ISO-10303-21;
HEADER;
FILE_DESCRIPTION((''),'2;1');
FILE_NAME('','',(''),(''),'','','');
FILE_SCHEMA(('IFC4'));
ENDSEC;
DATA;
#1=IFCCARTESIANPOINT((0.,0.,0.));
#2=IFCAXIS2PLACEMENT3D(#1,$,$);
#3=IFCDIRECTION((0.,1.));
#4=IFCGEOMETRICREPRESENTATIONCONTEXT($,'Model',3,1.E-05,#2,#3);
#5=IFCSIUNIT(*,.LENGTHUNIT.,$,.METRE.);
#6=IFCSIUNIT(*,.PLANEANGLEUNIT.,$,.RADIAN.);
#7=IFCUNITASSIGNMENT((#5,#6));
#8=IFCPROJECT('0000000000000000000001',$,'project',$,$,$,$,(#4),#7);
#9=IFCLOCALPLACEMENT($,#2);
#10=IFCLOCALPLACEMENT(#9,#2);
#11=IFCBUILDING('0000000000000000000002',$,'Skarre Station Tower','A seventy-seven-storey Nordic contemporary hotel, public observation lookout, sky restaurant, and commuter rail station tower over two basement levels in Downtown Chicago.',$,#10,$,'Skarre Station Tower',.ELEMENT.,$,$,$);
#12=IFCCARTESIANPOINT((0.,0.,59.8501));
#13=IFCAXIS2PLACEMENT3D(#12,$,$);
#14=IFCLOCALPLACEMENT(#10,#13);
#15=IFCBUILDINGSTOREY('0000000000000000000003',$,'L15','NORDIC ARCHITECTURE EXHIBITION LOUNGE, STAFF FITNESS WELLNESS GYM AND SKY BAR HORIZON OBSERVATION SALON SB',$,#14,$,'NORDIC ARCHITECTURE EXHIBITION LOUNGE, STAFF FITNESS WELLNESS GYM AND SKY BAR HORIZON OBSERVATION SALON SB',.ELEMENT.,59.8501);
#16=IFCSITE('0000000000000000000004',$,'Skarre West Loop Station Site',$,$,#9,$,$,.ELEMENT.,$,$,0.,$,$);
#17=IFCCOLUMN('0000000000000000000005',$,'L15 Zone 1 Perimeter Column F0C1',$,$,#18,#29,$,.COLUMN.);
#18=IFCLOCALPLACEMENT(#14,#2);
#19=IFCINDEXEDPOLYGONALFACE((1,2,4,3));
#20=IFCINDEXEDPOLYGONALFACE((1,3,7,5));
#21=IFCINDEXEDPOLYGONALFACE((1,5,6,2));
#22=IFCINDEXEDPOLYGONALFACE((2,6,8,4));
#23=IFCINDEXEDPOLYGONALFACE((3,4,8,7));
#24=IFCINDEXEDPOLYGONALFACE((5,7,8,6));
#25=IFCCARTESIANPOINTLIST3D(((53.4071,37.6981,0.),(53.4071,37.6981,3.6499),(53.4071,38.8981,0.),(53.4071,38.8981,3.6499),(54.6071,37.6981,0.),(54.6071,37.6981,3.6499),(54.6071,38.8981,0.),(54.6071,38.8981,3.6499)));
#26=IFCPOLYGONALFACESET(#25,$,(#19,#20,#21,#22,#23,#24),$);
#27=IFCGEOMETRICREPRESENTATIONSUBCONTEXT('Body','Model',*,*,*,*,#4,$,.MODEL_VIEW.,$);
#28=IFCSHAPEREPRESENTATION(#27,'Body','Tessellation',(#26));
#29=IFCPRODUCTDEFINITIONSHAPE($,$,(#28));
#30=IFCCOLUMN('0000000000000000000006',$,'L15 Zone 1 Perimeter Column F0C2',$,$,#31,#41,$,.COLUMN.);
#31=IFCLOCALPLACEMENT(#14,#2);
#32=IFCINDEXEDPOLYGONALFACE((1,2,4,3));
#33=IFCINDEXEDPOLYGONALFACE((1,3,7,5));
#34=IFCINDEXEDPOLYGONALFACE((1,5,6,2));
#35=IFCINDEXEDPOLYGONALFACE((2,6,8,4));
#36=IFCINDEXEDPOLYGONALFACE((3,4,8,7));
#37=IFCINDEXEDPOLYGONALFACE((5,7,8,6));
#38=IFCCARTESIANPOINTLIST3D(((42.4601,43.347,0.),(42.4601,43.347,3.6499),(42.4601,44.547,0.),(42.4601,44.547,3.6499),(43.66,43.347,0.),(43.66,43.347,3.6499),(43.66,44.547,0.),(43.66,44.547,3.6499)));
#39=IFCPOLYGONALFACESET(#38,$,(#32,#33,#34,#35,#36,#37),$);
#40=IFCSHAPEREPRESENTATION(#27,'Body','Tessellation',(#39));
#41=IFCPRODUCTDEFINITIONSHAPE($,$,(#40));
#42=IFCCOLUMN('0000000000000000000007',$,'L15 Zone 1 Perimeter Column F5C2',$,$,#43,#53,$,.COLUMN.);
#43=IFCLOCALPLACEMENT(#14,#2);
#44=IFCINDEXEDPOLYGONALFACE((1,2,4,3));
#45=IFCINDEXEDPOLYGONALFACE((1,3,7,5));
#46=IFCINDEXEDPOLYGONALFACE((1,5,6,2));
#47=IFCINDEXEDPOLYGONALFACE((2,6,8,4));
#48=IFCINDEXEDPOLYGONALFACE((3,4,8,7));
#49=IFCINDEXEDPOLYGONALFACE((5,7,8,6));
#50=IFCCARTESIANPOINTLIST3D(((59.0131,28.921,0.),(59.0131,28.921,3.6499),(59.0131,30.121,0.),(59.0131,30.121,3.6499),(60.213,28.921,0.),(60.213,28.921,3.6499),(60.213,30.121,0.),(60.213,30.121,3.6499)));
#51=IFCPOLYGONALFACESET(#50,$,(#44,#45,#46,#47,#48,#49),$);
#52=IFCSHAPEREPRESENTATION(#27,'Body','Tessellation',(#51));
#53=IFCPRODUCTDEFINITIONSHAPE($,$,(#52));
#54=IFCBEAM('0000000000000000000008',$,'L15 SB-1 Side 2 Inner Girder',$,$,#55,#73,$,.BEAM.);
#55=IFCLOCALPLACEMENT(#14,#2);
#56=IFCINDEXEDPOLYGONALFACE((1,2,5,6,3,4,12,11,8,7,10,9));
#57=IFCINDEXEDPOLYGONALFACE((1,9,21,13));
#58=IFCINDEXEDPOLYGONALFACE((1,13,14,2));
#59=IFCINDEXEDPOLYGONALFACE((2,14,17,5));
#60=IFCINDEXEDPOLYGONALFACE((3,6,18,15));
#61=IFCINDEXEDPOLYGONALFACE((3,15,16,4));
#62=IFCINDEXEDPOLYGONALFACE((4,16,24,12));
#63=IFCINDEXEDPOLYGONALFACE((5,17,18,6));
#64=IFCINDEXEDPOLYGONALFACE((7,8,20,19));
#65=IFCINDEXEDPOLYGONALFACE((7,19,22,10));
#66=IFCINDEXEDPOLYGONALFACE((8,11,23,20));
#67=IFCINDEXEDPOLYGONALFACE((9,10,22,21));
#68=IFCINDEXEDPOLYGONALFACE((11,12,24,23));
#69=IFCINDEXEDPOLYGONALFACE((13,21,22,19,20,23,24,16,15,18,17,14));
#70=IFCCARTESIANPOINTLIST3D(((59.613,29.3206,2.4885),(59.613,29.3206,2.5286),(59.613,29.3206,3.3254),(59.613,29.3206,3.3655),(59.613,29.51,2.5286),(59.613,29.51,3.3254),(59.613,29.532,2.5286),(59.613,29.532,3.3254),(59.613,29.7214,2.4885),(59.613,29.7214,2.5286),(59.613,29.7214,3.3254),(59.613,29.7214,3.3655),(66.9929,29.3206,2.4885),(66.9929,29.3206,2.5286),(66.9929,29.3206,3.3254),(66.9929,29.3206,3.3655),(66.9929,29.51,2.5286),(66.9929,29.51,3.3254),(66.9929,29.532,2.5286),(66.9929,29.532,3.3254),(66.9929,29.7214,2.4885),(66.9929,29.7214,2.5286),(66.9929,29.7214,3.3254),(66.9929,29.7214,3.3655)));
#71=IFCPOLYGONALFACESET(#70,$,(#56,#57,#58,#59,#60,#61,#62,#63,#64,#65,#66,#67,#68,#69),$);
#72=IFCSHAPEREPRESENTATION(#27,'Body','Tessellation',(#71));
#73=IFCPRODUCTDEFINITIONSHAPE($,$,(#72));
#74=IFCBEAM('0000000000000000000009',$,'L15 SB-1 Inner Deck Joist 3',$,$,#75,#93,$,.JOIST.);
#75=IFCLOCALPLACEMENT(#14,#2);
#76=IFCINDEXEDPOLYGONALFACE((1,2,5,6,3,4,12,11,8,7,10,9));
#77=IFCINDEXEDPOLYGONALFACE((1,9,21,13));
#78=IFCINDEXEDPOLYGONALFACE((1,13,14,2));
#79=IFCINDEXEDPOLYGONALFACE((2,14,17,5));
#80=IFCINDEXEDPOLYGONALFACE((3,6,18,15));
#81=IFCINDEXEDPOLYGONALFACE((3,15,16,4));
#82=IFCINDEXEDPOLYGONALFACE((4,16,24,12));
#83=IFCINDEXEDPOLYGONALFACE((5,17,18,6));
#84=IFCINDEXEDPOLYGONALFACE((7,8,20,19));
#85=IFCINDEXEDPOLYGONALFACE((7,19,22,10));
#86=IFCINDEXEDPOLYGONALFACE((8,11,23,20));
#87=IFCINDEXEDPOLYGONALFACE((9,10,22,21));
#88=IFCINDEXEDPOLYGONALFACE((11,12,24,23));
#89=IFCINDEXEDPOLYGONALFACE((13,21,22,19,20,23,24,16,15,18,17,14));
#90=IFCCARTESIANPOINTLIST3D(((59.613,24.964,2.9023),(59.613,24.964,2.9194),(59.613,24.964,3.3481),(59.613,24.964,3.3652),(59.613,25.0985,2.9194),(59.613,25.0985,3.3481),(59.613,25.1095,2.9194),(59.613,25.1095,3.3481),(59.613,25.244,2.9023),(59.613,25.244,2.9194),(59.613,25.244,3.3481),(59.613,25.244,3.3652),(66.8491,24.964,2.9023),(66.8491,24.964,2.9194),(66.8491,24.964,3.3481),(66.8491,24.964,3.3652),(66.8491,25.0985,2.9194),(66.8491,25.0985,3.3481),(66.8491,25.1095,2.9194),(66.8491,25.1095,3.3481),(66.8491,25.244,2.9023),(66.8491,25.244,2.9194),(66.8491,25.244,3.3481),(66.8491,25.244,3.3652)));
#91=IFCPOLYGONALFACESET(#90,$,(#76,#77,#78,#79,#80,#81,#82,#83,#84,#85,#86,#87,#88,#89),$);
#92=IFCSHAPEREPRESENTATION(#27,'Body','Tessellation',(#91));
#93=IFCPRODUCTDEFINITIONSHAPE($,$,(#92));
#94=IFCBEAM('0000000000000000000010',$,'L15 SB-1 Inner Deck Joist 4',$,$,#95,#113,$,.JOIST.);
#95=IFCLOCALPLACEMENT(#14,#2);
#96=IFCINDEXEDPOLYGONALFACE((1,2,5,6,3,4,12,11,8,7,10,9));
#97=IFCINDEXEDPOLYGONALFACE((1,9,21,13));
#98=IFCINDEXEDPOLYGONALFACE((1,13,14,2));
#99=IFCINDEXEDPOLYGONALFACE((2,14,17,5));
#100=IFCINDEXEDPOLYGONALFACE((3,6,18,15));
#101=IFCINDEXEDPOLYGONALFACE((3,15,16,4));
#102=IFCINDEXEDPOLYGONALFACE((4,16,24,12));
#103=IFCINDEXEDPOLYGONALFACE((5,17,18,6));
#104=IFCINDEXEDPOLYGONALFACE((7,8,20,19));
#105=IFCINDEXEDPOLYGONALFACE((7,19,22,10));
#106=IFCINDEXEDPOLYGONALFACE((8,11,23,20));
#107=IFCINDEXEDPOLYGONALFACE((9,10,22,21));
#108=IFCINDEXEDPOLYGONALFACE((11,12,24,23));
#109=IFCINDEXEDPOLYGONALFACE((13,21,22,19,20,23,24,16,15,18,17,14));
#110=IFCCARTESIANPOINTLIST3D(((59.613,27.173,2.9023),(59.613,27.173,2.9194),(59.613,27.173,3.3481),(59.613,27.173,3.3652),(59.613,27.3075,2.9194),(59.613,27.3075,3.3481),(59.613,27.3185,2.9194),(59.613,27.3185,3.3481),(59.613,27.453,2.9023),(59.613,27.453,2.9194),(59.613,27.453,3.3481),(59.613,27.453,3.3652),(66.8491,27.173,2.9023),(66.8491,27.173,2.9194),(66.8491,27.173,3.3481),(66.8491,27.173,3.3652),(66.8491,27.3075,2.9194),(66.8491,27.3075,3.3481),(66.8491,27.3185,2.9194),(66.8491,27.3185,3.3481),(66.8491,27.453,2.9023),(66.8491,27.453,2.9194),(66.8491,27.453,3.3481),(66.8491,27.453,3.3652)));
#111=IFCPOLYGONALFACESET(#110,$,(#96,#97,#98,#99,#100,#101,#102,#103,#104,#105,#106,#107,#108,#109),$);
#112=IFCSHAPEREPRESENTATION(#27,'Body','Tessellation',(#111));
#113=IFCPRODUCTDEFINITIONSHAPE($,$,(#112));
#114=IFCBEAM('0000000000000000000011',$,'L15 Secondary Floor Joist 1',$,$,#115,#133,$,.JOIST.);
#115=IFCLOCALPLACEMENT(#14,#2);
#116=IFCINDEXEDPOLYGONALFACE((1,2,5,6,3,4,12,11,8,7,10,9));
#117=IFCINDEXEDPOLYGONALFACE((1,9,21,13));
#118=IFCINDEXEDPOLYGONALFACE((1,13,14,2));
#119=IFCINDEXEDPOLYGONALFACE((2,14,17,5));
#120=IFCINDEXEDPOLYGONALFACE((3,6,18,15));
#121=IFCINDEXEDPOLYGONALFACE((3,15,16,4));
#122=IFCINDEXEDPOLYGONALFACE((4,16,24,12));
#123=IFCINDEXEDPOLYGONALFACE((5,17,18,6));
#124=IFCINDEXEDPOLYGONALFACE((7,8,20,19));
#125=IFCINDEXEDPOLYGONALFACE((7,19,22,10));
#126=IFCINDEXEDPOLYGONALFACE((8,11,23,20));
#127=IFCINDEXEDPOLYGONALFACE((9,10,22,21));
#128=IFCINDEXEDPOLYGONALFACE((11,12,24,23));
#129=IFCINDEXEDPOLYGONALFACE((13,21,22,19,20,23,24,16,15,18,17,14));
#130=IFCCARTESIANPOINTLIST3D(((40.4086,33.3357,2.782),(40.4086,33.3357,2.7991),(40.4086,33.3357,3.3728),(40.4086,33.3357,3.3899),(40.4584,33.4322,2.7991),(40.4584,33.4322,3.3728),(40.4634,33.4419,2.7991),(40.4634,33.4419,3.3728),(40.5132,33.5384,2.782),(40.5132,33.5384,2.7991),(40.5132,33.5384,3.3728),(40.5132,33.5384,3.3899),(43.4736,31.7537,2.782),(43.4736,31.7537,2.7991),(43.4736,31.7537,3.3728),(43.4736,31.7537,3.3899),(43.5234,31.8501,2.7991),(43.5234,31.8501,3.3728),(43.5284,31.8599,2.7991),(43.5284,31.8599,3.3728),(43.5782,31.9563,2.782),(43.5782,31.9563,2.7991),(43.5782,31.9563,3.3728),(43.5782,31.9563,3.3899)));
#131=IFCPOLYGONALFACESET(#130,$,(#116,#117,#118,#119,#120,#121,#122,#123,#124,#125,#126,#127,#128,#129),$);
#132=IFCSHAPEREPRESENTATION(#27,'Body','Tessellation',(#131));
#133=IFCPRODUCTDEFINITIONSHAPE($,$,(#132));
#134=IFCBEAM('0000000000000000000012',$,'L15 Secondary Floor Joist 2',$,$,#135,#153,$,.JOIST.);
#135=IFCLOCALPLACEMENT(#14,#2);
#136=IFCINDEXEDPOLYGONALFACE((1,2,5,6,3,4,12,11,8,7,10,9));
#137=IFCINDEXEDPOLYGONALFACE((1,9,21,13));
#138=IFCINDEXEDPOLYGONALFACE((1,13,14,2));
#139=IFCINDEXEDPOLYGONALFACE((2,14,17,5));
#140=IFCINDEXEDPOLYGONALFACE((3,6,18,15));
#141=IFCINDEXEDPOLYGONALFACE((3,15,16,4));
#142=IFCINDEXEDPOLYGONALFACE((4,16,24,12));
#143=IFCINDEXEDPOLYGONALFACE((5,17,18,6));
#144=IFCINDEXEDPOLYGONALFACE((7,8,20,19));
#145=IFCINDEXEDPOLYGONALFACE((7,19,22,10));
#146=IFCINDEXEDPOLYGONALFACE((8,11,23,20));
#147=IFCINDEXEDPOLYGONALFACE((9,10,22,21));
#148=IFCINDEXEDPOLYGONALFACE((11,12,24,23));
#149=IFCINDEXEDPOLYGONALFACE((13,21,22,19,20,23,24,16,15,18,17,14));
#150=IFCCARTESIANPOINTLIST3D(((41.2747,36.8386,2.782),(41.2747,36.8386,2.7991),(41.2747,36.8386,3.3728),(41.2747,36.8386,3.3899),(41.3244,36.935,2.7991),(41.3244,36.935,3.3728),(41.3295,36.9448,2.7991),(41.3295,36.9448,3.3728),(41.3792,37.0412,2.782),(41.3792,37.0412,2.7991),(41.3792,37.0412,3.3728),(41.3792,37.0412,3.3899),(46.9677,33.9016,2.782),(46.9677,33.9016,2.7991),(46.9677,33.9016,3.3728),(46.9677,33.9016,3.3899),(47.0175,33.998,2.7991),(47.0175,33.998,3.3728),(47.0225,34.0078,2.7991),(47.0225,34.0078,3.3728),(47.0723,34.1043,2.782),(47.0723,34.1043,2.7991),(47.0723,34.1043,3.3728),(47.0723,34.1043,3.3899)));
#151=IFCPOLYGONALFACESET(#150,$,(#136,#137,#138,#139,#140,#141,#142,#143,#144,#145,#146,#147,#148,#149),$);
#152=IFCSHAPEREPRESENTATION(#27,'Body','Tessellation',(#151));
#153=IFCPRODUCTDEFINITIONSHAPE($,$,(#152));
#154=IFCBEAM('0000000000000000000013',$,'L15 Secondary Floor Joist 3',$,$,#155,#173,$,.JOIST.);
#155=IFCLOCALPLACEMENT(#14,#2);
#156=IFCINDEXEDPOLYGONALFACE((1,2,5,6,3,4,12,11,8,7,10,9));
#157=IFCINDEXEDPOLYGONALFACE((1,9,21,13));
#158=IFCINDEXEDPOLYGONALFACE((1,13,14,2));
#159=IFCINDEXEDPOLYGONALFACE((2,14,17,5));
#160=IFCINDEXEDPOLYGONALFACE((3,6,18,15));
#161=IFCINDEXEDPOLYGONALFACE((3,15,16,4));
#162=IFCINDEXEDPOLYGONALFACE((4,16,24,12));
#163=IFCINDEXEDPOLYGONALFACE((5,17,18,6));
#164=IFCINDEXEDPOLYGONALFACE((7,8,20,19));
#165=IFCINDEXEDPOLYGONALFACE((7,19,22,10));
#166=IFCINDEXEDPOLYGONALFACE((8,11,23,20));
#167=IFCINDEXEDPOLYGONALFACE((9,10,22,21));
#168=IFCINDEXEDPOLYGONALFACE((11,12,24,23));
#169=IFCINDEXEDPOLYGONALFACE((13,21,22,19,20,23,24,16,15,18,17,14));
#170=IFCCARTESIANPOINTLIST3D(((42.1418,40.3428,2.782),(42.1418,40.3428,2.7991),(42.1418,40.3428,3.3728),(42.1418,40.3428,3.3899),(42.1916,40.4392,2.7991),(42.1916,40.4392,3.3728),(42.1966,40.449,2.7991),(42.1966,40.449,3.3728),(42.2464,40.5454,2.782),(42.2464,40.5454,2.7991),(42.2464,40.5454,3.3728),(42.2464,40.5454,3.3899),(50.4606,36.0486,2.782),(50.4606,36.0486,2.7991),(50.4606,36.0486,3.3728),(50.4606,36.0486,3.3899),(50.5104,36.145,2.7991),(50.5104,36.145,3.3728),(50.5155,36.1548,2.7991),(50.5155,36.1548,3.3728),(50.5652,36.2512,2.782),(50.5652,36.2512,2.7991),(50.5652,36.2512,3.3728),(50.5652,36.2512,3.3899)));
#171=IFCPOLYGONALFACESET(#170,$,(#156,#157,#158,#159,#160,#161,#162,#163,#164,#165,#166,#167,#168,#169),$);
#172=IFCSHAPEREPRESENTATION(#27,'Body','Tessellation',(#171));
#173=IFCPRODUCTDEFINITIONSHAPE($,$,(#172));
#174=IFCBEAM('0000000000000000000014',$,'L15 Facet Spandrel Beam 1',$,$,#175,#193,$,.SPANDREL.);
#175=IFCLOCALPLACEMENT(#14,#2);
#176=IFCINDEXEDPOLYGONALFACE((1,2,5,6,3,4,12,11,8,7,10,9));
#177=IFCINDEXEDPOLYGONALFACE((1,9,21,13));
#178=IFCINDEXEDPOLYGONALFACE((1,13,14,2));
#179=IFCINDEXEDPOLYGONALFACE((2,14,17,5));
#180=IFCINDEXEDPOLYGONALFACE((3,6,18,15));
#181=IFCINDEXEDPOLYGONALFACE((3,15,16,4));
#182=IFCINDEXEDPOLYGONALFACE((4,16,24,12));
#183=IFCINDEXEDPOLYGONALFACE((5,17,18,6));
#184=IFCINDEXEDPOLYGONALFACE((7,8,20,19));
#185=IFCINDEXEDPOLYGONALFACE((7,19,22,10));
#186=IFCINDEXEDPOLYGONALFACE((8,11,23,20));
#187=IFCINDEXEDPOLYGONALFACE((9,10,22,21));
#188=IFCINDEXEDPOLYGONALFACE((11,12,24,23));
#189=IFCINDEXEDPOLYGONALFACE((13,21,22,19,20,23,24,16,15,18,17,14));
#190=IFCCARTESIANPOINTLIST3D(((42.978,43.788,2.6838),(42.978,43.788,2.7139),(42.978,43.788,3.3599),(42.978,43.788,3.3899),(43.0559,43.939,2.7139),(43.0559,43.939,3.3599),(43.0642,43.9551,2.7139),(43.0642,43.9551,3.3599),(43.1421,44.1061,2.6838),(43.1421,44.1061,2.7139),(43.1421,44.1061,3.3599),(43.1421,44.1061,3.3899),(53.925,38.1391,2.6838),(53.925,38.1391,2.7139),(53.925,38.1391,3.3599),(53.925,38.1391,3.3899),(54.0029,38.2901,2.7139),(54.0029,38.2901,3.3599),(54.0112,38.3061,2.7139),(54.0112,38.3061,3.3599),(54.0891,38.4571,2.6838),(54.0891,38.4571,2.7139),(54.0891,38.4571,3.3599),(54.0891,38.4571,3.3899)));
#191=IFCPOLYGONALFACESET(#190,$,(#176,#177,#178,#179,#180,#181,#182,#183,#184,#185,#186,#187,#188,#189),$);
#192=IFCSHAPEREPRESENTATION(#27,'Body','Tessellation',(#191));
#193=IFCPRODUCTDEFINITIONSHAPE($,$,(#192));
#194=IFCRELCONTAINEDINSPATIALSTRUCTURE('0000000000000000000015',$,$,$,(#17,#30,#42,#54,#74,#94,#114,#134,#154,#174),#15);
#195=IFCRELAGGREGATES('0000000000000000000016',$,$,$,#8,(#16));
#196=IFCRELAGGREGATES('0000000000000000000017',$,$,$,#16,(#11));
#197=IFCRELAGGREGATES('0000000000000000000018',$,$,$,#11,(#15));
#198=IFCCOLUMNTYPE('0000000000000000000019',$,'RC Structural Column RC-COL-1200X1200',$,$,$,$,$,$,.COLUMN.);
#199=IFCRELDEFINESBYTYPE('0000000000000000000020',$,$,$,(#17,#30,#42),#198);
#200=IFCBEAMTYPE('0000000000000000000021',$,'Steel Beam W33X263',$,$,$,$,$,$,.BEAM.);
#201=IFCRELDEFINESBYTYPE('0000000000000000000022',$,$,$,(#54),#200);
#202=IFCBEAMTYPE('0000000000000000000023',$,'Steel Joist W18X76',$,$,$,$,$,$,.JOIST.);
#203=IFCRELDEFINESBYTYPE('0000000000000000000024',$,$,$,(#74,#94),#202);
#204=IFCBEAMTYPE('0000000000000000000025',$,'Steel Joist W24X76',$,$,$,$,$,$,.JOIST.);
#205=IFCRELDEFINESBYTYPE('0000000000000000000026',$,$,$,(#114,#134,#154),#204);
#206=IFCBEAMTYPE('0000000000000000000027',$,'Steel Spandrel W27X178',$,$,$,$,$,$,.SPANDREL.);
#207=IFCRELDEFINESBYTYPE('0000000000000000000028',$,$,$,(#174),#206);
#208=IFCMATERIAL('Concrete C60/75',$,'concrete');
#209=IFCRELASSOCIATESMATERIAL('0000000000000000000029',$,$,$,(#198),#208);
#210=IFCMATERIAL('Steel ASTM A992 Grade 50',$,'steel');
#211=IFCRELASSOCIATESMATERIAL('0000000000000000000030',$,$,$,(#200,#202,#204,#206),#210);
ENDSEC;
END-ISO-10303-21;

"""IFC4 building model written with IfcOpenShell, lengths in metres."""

from ifc_helpers import new_model, si_unit, direction, frame, origin, origin_2d, place, context, subcontext, project, spatial, rectangle, i_section, extrude, material, material_profile, profile_set, type_object, element, save


model = new_model("IFC4")

# Units and contexts
model_context = context("Model", 3, precision=1e-05, world=origin(), true_north=direction((0.0, 1.0)))
body_context = subcontext(model_context, "Body", "Model", "MODEL_VIEW")
ifc_project = project(units=[si_unit("LENGTHUNIT", "METRE"), si_unit("PLANEANGLEUNIT", "RADIAN")], contexts=[model_context])

# Site, building, storey
site_placement = place(None, origin())
site = spatial("IfcSite", under=ifc_project, at=site_placement, Name="Skarre West Loop Station Site", CompositionType="ELEMENT", RefElevation=0.0)
building_placement = place(site_placement, origin())
building = spatial("IfcBuilding", under=site, at=building_placement, Name="Skarre Station Tower", Description="A seventy-seven-storey Nordic contemporary hotel, public observation lookout, sky restaurant, and commuter rail station tower over two basement levels in Downtown Chicago.", LongName="Skarre Station Tower", CompositionType="ELEMENT")
storey_placement = place(building_placement, frame((0.0, 0.0, 59.8501)))
storey = spatial("IfcBuildingStorey", under=building, at=storey_placement, Name="L15", Description="NORDIC ARCHITECTURE EXHIBITION LOUNGE, STAFF FITNESS WELLNESS GYM AND SKY BAR HORIZON OBSERVATION SALON SB", LongName="NORDIC ARCHITECTURE EXHIBITION LOUNGE, STAFF FITNESS WELLNESS GYM AND SKY BAR HORIZON OBSERVATION SALON SB", CompositionType="ELEMENT", Elevation=59.8501)

# Columns
ifc_material_1 = material(Name="Concrete C60/75", Category="concrete")
ifc_material_profile_1 = material_profile(ifc_material_1, rectangle(XDim=1.2, YDim=1.2, at=origin_2d()), Name="Concrete C60/75")
ifc_profile_set_1 = profile_set([ifc_material_profile_1], Name="Concrete C60/75")
column_type = type_object("IfcColumnType", Name="RC Structural Column RC-COL-1200X1200", PredefinedType="COLUMN", material=ifc_profile_set_1)
for number, where, z_axis, x_axis, name in (
    (1, (54.0071, 38.2981, 0.0), (0.0, 0.0, 1.0), (1.0, 0.0, 0.0), "L15 Zone 1 Perimeter Column F0C1"),
    (2, (43.0601, 43.947, 0.0), (0.0, 0.0, 1.0), (1.0, 0.0, 0.0), "L15 Zone 1 Perimeter Column F0C2"),
    (3, (59.613, 29.521, 0.0), (0.0, 0.0, 1.0), (1.0, 0.0, 0.0), "L15 Zone 1 Perimeter Column F5C2"),
):
    element("IfcColumn", number, at=place(storey_placement, frame(where, z_axis=z_axis, x_axis=x_axis)), inside=storey, type_object=column_type, Name=name, PredefinedType="COLUMN", context=body_context, shape_type="SweptSolid", body=[
        extrude(rectangle(XDim=1.2, YDim=1.2, at=origin_2d()), origin(), (0.0, 0.0, 1.0), 3.6499),
    ])

# Beams
ifc_material_2 = material(Name="Steel ASTM A992 Grade 50", Category="steel")
ifc_material_profile_2 = material_profile(ifc_material_2, i_section(OverallWidth=0.4009, OverallDepth=0.877, WebThickness=0.022, FlangeThickness=0.04, at=origin_2d()), Name="Steel ASTM A992 Grade 50")
ifc_profile_set_2 = profile_set([ifc_material_profile_2], Name="Steel ASTM A992 Grade 50")
beam_type_1 = type_object("IfcBeamType", Name="Steel Beam W33X263", PredefinedType="BEAM", material=ifc_profile_set_2)
beam_1_placement = place(storey_placement, frame((59.613, 29.521, 2.927), z_axis=(1.0, 0.0, 0.0), x_axis=(0.0, 1.0, 0.0)))
element("IfcBeam", 4, at=beam_1_placement, inside=storey, type_object=beam_type_1, Name="L15 SB-1 Side 2 Inner Girder", PredefinedType="BEAM", context=body_context, shape_type="SweptSolid", body=[
    extrude(i_section(OverallWidth=0.4009, OverallDepth=0.877, WebThickness=0.022, FlangeThickness=0.04, at=origin_2d()), origin(), (0.0, 0.0, 1.0), 7.3799),
])
ifc_material_profile_3 = material_profile(ifc_material_2, i_section(OverallWidth=0.28, OverallDepth=0.4629, WebThickness=0.011, FlangeThickness=0.0171, at=origin_2d()), Name="Steel ASTM A992 Grade 50")
ifc_profile_set_3 = profile_set([ifc_material_profile_3], Name="Steel ASTM A992 Grade 50")
beam_type_2 = type_object("IfcBeamType", Name="Steel Joist W18X76", PredefinedType="JOIST", material=ifc_profile_set_3)
for number, where, z_axis, x_axis, name in (
    (5, (59.613, 25.104, 3.1338), (1.0, 0.0, 0.0), (0.0, 1.0, 0.0), "L15 SB-1 Inner Deck Joist 3"),
    (6, (59.613, 27.313, 3.1338), (1.0, 0.0, 0.0), (0.0, 1.0, 0.0), "L15 SB-1 Inner Deck Joist 4"),
):
    element("IfcBeam", number, at=place(storey_placement, frame(where, z_axis=z_axis, x_axis=x_axis)), inside=storey, type_object=beam_type_2, Name=name, PredefinedType="JOIST", context=body_context, shape_type="SweptSolid", body=[
        extrude(i_section(OverallWidth=0.28, OverallDepth=0.4629, WebThickness=0.011, FlangeThickness=0.0171, at=origin_2d()), origin(), (0.0, 0.0, 1.0), 7.2361),
    ])
ifc_material_profile_4 = material_profile(ifc_material_2, i_section(OverallWidth=0.228, OverallDepth=0.6079, WebThickness=0.011, FlangeThickness=0.0171, at=origin_2d()), Name="Steel ASTM A992 Grade 50")
ifc_profile_set_4 = profile_set([ifc_material_profile_4], Name="Steel ASTM A992 Grade 50")
beam_type_3 = type_object("IfcBeamType", Name="Steel Joist W24X76", PredefinedType="JOIST", material=ifc_profile_set_4)
beam_2_placement = place(storey_placement, frame((43.5259, 31.855, 3.0859), z_axis=(-0.888606, 0.458672, 0.0), x_axis=(-0.458672, -0.888606, 0.0)))
element("IfcBeam", 7, at=beam_2_placement, inside=storey, type_object=beam_type_3, Name="L15 Secondary Floor Joist 1", PredefinedType="JOIST", context=body_context, shape_type="SweptSolid", body=[
    extrude(i_section(OverallWidth=0.228, OverallDepth=0.6079, WebThickness=0.011, FlangeThickness=0.0171, at=origin_2d()), origin(), (0.0, 0.0, 1.0), 3.4492),
])
beam_3_placement = place(storey_placement, frame((47.02, 34.0029, 3.0859), z_axis=(-0.888708, 0.458474, 0.0), x_axis=(-0.458474, -0.888708, 0.0)))
element("IfcBeam", 8, at=beam_3_placement, inside=storey, type_object=beam_type_3, Name="L15 Secondary Floor Joist 2", PredefinedType="JOIST", context=body_context, shape_type="SweptSolid", body=[
    extrude(i_section(OverallWidth=0.228, OverallDepth=0.6079, WebThickness=0.011, FlangeThickness=0.0171, at=origin_2d()), origin(), (0.0, 0.0, 1.0), 6.406),
])
beam_4_placement = place(storey_placement, frame((50.5129, 36.1499, 3.0859), z_axis=(-0.888595, 0.458693, 0.0), x_axis=(-0.458693, -0.888595, 0.0)))
element("IfcBeam", 9, at=beam_4_placement, inside=storey, type_object=beam_type_3, Name="L15 Secondary Floor Joist 3", PredefinedType="JOIST", context=body_context, shape_type="SweptSolid", body=[
    extrude(i_section(OverallWidth=0.228, OverallDepth=0.6079, WebThickness=0.011, FlangeThickness=0.0171, at=origin_2d()), origin(), (0.0, 0.0, 1.0), 9.3618),
])
ifc_material_profile_5 = material_profile(ifc_material_2, i_section(OverallWidth=0.3579, OverallDepth=0.7061, WebThickness=0.0181, FlangeThickness=0.03, at=origin_2d()), Name="Steel ASTM A992 Grade 50")
ifc_profile_set_5 = profile_set([ifc_material_profile_5], Name="Steel ASTM A992 Grade 50")
beam_type_4 = type_object("IfcBeamType", Name="Steel Spandrel W27X178", PredefinedType="SPANDREL", material=ifc_profile_set_5)
beam_5_placement = place(storey_placement, frame((54.0071, 38.2981, 3.0369), z_axis=(-0.888659, 0.458569, 0.0), x_axis=(-0.458569, -0.888659, 0.0)))
element("IfcBeam", 10, at=beam_5_placement, inside=storey, type_object=beam_type_4, Name="L15 Facet Spandrel Beam 1", PredefinedType="SPANDREL", context=body_context, shape_type="SweptSolid", body=[
    extrude(i_section(OverallWidth=0.3579, OverallDepth=0.7061, WebThickness=0.0181, FlangeThickness=0.03, at=origin_2d()), origin(), (0.0, 0.0, 1.0), 12.3186),
])

save(model, "model.ifc")
